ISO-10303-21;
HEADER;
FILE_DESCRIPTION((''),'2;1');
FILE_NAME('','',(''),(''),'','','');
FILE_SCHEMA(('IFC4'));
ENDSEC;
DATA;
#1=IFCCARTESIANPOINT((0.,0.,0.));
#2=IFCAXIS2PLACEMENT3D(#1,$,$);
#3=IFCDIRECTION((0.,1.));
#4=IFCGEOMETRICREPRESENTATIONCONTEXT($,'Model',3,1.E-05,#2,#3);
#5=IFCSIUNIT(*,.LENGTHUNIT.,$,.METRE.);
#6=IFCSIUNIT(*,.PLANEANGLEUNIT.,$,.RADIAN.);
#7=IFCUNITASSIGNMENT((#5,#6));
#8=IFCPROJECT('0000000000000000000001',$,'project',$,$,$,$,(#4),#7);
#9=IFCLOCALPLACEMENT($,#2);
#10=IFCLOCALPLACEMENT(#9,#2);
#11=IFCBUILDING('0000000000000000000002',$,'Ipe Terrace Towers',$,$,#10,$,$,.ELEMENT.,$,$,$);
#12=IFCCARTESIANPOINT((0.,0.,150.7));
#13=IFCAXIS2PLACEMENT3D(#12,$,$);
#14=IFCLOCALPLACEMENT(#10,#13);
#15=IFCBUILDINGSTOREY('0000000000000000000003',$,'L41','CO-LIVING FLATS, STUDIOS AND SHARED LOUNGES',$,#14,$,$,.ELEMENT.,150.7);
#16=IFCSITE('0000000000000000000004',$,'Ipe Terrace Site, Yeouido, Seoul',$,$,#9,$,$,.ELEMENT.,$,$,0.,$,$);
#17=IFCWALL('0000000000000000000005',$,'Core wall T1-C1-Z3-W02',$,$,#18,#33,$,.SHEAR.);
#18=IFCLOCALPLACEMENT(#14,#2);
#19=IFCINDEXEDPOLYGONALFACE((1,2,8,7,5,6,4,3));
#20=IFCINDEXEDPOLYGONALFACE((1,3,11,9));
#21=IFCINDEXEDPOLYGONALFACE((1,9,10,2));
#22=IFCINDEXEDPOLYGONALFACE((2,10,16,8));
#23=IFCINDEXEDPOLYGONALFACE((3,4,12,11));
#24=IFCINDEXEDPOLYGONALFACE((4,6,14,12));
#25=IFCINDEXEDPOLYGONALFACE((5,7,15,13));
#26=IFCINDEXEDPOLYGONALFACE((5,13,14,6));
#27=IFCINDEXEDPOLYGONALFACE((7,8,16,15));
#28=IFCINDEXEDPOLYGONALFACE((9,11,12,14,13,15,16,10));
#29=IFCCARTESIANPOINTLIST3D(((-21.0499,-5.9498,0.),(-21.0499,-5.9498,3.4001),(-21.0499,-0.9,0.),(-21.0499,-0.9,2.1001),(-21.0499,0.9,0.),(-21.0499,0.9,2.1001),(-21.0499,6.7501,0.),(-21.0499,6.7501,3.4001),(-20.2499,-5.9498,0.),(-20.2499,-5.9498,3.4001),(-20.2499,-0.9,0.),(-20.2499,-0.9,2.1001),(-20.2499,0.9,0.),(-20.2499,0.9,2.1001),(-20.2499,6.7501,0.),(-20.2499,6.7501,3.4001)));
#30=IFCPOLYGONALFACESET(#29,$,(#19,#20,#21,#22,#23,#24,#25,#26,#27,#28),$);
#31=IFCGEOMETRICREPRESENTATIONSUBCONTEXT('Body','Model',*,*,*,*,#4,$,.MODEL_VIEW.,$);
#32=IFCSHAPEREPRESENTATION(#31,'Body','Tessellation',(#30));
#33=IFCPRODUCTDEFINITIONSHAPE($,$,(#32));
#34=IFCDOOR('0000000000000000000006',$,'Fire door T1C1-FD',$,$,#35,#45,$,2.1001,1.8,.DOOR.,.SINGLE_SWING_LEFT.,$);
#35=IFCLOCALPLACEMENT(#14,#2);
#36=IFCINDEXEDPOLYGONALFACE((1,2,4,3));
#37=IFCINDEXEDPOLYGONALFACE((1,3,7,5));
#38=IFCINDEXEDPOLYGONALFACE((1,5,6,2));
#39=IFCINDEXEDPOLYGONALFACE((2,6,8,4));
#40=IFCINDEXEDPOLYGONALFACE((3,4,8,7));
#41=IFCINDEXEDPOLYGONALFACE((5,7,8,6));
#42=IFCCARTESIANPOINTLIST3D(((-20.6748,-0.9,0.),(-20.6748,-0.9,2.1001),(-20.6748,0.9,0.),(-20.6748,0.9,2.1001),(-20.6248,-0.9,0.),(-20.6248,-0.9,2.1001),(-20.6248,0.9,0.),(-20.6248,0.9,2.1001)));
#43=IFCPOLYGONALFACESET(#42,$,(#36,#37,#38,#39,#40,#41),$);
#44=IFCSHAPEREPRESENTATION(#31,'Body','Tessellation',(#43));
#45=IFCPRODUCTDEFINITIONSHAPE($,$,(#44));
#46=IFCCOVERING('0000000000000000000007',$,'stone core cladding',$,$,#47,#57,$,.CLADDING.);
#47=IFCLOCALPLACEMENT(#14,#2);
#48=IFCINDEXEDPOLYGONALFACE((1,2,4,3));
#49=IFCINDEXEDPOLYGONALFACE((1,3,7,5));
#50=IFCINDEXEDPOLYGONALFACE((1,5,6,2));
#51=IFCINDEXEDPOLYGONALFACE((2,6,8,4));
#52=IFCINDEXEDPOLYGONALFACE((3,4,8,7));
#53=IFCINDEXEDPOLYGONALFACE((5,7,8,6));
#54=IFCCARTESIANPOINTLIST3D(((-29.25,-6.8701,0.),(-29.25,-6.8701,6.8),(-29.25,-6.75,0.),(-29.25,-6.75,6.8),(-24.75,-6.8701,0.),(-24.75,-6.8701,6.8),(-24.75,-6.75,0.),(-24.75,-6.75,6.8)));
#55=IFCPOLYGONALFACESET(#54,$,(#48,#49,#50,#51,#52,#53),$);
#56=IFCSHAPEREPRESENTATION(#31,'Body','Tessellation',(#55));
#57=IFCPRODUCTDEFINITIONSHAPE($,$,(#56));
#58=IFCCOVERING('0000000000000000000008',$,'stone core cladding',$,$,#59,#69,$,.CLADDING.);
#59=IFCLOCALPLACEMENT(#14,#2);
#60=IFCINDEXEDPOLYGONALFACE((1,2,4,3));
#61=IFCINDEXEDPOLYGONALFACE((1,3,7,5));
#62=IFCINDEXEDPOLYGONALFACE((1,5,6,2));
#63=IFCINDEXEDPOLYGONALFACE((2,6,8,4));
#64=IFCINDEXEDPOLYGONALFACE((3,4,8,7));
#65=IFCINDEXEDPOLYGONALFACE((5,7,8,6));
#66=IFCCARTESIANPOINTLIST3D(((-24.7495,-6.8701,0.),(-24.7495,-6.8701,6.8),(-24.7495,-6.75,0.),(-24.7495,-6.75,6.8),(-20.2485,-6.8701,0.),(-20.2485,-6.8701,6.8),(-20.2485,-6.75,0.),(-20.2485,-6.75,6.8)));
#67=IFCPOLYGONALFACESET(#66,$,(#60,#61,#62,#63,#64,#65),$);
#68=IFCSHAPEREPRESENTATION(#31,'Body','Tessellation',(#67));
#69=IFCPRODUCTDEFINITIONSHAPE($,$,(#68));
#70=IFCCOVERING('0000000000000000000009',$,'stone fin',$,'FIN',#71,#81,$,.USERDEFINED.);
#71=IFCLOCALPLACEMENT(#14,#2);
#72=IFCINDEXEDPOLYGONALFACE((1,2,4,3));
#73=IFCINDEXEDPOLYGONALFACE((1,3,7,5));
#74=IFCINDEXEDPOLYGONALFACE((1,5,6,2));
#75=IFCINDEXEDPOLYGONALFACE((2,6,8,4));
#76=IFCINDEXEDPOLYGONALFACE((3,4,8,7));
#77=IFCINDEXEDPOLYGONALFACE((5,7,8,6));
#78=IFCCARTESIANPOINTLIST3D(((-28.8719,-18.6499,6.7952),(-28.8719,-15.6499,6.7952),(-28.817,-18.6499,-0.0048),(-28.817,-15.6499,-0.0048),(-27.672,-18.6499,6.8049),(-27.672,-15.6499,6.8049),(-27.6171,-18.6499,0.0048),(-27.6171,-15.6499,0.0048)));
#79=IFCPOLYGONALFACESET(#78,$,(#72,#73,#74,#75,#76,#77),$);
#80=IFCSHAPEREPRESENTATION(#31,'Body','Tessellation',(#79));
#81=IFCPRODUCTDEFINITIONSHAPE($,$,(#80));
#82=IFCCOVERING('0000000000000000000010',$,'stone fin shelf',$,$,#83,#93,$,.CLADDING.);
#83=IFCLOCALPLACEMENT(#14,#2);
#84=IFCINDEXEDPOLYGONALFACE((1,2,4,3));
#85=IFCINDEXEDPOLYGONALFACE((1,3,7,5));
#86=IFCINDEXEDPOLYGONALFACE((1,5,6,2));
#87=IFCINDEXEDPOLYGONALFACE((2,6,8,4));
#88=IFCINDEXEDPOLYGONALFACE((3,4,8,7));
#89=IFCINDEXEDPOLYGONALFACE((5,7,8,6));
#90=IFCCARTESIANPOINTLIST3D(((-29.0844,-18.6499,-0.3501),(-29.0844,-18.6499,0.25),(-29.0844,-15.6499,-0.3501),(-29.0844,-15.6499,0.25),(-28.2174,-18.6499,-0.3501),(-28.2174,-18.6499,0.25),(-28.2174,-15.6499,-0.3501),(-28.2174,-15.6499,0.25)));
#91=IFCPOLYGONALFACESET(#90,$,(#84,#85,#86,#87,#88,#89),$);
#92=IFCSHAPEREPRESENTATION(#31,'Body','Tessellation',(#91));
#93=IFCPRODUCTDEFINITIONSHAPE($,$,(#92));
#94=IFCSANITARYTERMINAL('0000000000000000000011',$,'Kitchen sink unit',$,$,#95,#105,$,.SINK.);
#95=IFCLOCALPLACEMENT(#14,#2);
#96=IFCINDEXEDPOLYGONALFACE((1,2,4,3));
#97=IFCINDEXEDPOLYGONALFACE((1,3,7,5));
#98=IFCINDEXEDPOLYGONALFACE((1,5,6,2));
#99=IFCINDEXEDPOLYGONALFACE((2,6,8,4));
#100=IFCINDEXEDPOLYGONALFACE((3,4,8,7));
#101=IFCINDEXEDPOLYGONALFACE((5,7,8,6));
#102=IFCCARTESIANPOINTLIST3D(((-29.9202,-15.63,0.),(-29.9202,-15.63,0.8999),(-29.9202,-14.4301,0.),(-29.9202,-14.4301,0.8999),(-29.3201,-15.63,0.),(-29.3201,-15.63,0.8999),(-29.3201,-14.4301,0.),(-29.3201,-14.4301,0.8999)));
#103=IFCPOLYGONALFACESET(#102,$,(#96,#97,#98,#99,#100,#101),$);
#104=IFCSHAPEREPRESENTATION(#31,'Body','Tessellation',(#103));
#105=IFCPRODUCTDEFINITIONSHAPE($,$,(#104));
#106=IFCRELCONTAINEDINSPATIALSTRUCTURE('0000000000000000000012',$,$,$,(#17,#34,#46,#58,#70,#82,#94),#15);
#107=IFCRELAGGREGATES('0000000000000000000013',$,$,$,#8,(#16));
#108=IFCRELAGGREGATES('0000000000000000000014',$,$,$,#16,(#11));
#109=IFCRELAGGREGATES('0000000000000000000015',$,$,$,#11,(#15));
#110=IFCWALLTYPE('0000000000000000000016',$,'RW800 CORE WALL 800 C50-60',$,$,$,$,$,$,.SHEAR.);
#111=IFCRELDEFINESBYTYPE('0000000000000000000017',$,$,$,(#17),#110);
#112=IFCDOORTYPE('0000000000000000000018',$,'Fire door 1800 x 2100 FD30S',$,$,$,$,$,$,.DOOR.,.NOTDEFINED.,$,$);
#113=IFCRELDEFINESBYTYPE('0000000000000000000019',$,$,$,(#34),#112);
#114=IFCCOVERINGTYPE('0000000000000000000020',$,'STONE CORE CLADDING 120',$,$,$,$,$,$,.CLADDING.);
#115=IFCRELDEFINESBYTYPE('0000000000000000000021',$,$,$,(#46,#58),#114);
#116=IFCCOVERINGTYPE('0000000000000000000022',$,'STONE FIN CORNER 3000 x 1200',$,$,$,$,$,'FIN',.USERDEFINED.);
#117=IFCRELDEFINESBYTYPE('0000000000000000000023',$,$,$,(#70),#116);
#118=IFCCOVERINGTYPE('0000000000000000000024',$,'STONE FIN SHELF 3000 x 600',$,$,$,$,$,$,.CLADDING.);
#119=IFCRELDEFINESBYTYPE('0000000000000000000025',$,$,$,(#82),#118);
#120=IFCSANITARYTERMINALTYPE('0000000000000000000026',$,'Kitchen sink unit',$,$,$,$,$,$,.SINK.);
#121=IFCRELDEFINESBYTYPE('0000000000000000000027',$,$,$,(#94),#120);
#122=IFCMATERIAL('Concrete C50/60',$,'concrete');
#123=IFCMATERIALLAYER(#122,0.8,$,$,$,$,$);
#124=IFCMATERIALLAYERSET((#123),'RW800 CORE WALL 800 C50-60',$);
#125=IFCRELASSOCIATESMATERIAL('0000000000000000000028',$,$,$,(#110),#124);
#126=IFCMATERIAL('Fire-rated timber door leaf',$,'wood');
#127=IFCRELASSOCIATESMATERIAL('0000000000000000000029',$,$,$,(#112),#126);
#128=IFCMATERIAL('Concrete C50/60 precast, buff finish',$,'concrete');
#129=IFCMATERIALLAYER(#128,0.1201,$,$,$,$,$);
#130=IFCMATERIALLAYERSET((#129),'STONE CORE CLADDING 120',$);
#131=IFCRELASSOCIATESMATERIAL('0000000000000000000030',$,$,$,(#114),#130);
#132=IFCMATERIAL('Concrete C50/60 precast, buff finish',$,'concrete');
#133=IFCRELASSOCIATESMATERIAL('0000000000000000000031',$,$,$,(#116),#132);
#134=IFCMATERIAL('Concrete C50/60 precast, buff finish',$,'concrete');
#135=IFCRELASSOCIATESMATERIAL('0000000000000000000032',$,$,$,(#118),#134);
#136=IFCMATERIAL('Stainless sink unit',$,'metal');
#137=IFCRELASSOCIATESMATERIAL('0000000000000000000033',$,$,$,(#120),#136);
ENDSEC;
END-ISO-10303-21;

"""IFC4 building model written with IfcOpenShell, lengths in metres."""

from ifc_helpers import new_model, si_unit, direction, frame, frame_2d, origin, origin_2d, place, context, subcontext, project, spatial, rectangle, extrude, material, layer, layer_set, material_profile, profile_set, type_object, element, fill, save


model = new_model("IFC4")

# Units and contexts
model_context = context("Model", 3, precision=1e-05, world=origin(), true_north=direction((0.0, 1.0)))
body_context = subcontext(model_context, "Body", "Model", "MODEL_VIEW")
ifc_project = project(units=[si_unit("LENGTHUNIT", "METRE"), si_unit("PLANEANGLEUNIT", "RADIAN")], contexts=[model_context])

# Site, building, storey
site_placement = place(None, origin())
site = spatial("IfcSite", under=ifc_project, at=site_placement, Name="Ipe Terrace Site, Yeouido, Seoul", CompositionType="ELEMENT", RefElevation=0.0)
building_placement = place(site_placement, origin())
building = spatial("IfcBuilding", under=site, at=building_placement, Name="Ipe Terrace Towers", CompositionType="ELEMENT")
storey_placement = place(building_placement, frame((0.0, 0.0, 150.7)))
storey = spatial("IfcBuildingStorey", under=building, at=storey_placement, Name="L41", Description="CO-LIVING FLATS, STUDIOS AND SHARED LOUNGES", CompositionType="ELEMENT", Elevation=150.7)

# Shared definitions
ifc_material_1 = material(Name="Concrete C50/60", Category="concrete")
ifc_layer_1 = layer(ifc_material_1, 0.8)
ifc_layer_set_1 = layer_set([ifc_layer_1], Name="RW800 CORE WALL 800 C50-60")
wall_type_1 = type_object("IfcWallType", Name="RW800 CORE WALL 800 C50-60", PredefinedType="SHEAR", material=ifc_layer_set_1)

# Wall, opening, door
wall_1_placement = place(storey_placement, frame((-20.6499, -5.95, 0.0), z_axis=(0.0, 0.0, 1.0), x_axis=(0.0, 1.0, 0.0)))
wall_1 = element("IfcWall", 1, at=wall_1_placement, inside=storey, type_object=wall_type_1, Name="Core wall T1-C1-Z3-W02", PredefinedType="SHEAR", context=body_context, shape_type="SweptSolid", body=[
    extrude(rectangle(XDim=12.7, YDim=0.8, at=frame_2d((6.3501, 0.0))), origin(), (0.0, 0.0, 1.0), 3.4001),
])
opening_1_placement = place(wall_1_placement, frame((5.05, 0.0, 0.0)))
opening_1 = element("IfcOpeningElement", 2, at=opening_1_placement, cuts=wall_1, PredefinedType="OPENING", context=body_context, shape_type="SweptSolid", body=[
    extrude(rectangle(XDim=1.8, YDim=2.1001, at=frame_2d((0.8999, 1.05))), frame((0.0, 0.4102, 0.0), z_axis=(0.0, -1.0, 0.0), x_axis=(1.0, 0.0, 0.0)), (0.0, 0.0, 1.0), 0.8201),
])
ifc_material_2 = material(Name="Fire-rated timber door leaf", Category="wood")
door_type_1 = type_object("IfcDoorType", Name="Fire door 1800 x 2100 FD30S", OperationType="NOTDEFINED", PredefinedType="DOOR", material=ifc_material_2)
door_1_placement = place(opening_1_placement, origin())
door_1 = element("IfcDoor", 3, at=door_1_placement, inside=storey, type_object=door_type_1, Name="Fire door T1C1-FD", OperationType="SINGLE_SWING_LEFT", OverallHeight=2.1001, OverallWidth=1.8, PredefinedType="DOOR", context=body_context, shape_type="SweptSolid", body=[
    extrude(rectangle(XDim=1.8, YDim=2.1001, at=frame_2d((0.8999, 1.05))), frame((0.0, 0.0249, 0.0), z_axis=(0.0, -1.0, 0.0), x_axis=(1.0, 0.0, 0.0)), (0.0, 0.0, 1.0), 0.05),
])
fill(opening_1, door_1)

# Coverings
ifc_material_3 = material(Name="Concrete C50/60 precast, buff finish", Category="concrete")
ifc_layer_2 = layer(ifc_material_3, 0.1201)
ifc_layer_set_2 = layer_set([ifc_layer_2], Name="STONE CORE CLADDING 120")
covering_type_1 = type_object("IfcCoveringType", Name="STONE CORE CLADDING 120", PredefinedType="CLADDING", material=ifc_layer_set_2)
covering_1_placement = place(storey_placement, frame((-27.0, -6.8101, 0.0), z_axis=(0.0, 0.0, 1.0), x_axis=(1.0, 0.0, 0.0)))
element("IfcCovering", 4, at=covering_1_placement, inside=storey, type_object=covering_type_1, Name="stone core cladding", PredefinedType="CLADDING", context=body_context, shape_type="SweptSolid", body=[
    extrude(rectangle(XDim=4.5, YDim=0.1201, at=origin_2d()), origin(), (0.0, 0.0, 1.0), 6.8),
])
covering_2_placement = place(storey_placement, frame((-22.499, -6.8101, 0.0), z_axis=(0.0, 0.0, 1.0), x_axis=(1.0, 0.0, 0.0)))
element("IfcCovering", 5, at=covering_2_placement, inside=storey, type_object=covering_type_1, Name="stone core cladding", PredefinedType="CLADDING", context=body_context, shape_type="SweptSolid", body=[
    extrude(rectangle(XDim=4.501, YDim=0.1201, at=origin_2d()), origin(), (0.0, 0.0, 1.0), 6.8),
])
ifc_material_4 = material(Name="Concrete C50/60 precast, buff finish", Category="concrete")
ifc_material_profile_1 = material_profile(ifc_material_4, rectangle(XDim=3.0, YDim=1.2, at=origin_2d()), Name="STONE FIN CORNER 3000 x 1200")
ifc_profile_set_1 = profile_set([ifc_material_profile_1], Name="Concrete C50/60 precast, buff finish")
covering_type_2 = type_object("IfcCoveringType", Name="STONE FIN CORNER 3000 x 1200", ElementType="FIN", PredefinedType="USERDEFINED", material=ifc_profile_set_1)
covering_3_placement = place(storey_placement, frame((-28.217, -17.1499, 0.0), z_axis=(-0.008078, 0.0, 0.999967), x_axis=(0.0, 1.0, 0.0)))
element("IfcCovering", 6, at=covering_3_placement, inside=storey, type_object=covering_type_2, Name="stone fin", ObjectType="FIN", PredefinedType="USERDEFINED", context=body_context, shape_type="SweptSolid", body=[
    extrude(rectangle(XDim=3.0, YDim=1.2, at=origin_2d()), origin(), (0.0, 0.0, 1.0), 6.8003),
])
ifc_material_5 = material(Name="Concrete C50/60 precast, buff finish", Category="concrete")
covering_type_3 = type_object("IfcCoveringType", Name="STONE FIN SHELF 3000 x 600", PredefinedType="CLADDING", material=ifc_material_5)
covering_4_placement = place(storey_placement, frame((-28.6509, -17.1499, -0.3501), z_axis=(0.0, 0.0, 1.0), x_axis=(0.0, 1.0, 0.0)))
element("IfcCovering", 7, at=covering_4_placement, inside=storey, type_object=covering_type_3, Name="stone fin shelf", PredefinedType="CLADDING", context=body_context, shape_type="SweptSolid", body=[
    extrude(rectangle(XDim=3.0, YDim=0.8669, at=origin_2d()), origin(), (0.0, 0.0, 1.0), 0.6001),
])

# Sanitary terminal
ifc_material_6 = material(Name="Stainless sink unit", Category="metal")
sanitary_terminal_type = type_object("IfcSanitaryTerminalType", Name="Kitchen sink unit", PredefinedType="SINK", material=ifc_material_6)
sanitary_terminal_placement = place(storey_placement, frame((-29.6201, -15.03, 0.0), z_axis=(0.0, 0.0, 1.0), x_axis=(0.0, -1.0, 0.0)))
element("IfcSanitaryTerminal", 8, at=sanitary_terminal_placement, inside=storey, type_object=sanitary_terminal_type, Name="Kitchen sink unit", PredefinedType="SINK", context=body_context, shape_type="SweptSolid", body=[
    extrude(rectangle(XDim=1.2, YDim=0.6001, at=origin_2d()), origin(), (0.0, 0.0, 1.0), 0.8999),
])

save(model, "model.ifc")
